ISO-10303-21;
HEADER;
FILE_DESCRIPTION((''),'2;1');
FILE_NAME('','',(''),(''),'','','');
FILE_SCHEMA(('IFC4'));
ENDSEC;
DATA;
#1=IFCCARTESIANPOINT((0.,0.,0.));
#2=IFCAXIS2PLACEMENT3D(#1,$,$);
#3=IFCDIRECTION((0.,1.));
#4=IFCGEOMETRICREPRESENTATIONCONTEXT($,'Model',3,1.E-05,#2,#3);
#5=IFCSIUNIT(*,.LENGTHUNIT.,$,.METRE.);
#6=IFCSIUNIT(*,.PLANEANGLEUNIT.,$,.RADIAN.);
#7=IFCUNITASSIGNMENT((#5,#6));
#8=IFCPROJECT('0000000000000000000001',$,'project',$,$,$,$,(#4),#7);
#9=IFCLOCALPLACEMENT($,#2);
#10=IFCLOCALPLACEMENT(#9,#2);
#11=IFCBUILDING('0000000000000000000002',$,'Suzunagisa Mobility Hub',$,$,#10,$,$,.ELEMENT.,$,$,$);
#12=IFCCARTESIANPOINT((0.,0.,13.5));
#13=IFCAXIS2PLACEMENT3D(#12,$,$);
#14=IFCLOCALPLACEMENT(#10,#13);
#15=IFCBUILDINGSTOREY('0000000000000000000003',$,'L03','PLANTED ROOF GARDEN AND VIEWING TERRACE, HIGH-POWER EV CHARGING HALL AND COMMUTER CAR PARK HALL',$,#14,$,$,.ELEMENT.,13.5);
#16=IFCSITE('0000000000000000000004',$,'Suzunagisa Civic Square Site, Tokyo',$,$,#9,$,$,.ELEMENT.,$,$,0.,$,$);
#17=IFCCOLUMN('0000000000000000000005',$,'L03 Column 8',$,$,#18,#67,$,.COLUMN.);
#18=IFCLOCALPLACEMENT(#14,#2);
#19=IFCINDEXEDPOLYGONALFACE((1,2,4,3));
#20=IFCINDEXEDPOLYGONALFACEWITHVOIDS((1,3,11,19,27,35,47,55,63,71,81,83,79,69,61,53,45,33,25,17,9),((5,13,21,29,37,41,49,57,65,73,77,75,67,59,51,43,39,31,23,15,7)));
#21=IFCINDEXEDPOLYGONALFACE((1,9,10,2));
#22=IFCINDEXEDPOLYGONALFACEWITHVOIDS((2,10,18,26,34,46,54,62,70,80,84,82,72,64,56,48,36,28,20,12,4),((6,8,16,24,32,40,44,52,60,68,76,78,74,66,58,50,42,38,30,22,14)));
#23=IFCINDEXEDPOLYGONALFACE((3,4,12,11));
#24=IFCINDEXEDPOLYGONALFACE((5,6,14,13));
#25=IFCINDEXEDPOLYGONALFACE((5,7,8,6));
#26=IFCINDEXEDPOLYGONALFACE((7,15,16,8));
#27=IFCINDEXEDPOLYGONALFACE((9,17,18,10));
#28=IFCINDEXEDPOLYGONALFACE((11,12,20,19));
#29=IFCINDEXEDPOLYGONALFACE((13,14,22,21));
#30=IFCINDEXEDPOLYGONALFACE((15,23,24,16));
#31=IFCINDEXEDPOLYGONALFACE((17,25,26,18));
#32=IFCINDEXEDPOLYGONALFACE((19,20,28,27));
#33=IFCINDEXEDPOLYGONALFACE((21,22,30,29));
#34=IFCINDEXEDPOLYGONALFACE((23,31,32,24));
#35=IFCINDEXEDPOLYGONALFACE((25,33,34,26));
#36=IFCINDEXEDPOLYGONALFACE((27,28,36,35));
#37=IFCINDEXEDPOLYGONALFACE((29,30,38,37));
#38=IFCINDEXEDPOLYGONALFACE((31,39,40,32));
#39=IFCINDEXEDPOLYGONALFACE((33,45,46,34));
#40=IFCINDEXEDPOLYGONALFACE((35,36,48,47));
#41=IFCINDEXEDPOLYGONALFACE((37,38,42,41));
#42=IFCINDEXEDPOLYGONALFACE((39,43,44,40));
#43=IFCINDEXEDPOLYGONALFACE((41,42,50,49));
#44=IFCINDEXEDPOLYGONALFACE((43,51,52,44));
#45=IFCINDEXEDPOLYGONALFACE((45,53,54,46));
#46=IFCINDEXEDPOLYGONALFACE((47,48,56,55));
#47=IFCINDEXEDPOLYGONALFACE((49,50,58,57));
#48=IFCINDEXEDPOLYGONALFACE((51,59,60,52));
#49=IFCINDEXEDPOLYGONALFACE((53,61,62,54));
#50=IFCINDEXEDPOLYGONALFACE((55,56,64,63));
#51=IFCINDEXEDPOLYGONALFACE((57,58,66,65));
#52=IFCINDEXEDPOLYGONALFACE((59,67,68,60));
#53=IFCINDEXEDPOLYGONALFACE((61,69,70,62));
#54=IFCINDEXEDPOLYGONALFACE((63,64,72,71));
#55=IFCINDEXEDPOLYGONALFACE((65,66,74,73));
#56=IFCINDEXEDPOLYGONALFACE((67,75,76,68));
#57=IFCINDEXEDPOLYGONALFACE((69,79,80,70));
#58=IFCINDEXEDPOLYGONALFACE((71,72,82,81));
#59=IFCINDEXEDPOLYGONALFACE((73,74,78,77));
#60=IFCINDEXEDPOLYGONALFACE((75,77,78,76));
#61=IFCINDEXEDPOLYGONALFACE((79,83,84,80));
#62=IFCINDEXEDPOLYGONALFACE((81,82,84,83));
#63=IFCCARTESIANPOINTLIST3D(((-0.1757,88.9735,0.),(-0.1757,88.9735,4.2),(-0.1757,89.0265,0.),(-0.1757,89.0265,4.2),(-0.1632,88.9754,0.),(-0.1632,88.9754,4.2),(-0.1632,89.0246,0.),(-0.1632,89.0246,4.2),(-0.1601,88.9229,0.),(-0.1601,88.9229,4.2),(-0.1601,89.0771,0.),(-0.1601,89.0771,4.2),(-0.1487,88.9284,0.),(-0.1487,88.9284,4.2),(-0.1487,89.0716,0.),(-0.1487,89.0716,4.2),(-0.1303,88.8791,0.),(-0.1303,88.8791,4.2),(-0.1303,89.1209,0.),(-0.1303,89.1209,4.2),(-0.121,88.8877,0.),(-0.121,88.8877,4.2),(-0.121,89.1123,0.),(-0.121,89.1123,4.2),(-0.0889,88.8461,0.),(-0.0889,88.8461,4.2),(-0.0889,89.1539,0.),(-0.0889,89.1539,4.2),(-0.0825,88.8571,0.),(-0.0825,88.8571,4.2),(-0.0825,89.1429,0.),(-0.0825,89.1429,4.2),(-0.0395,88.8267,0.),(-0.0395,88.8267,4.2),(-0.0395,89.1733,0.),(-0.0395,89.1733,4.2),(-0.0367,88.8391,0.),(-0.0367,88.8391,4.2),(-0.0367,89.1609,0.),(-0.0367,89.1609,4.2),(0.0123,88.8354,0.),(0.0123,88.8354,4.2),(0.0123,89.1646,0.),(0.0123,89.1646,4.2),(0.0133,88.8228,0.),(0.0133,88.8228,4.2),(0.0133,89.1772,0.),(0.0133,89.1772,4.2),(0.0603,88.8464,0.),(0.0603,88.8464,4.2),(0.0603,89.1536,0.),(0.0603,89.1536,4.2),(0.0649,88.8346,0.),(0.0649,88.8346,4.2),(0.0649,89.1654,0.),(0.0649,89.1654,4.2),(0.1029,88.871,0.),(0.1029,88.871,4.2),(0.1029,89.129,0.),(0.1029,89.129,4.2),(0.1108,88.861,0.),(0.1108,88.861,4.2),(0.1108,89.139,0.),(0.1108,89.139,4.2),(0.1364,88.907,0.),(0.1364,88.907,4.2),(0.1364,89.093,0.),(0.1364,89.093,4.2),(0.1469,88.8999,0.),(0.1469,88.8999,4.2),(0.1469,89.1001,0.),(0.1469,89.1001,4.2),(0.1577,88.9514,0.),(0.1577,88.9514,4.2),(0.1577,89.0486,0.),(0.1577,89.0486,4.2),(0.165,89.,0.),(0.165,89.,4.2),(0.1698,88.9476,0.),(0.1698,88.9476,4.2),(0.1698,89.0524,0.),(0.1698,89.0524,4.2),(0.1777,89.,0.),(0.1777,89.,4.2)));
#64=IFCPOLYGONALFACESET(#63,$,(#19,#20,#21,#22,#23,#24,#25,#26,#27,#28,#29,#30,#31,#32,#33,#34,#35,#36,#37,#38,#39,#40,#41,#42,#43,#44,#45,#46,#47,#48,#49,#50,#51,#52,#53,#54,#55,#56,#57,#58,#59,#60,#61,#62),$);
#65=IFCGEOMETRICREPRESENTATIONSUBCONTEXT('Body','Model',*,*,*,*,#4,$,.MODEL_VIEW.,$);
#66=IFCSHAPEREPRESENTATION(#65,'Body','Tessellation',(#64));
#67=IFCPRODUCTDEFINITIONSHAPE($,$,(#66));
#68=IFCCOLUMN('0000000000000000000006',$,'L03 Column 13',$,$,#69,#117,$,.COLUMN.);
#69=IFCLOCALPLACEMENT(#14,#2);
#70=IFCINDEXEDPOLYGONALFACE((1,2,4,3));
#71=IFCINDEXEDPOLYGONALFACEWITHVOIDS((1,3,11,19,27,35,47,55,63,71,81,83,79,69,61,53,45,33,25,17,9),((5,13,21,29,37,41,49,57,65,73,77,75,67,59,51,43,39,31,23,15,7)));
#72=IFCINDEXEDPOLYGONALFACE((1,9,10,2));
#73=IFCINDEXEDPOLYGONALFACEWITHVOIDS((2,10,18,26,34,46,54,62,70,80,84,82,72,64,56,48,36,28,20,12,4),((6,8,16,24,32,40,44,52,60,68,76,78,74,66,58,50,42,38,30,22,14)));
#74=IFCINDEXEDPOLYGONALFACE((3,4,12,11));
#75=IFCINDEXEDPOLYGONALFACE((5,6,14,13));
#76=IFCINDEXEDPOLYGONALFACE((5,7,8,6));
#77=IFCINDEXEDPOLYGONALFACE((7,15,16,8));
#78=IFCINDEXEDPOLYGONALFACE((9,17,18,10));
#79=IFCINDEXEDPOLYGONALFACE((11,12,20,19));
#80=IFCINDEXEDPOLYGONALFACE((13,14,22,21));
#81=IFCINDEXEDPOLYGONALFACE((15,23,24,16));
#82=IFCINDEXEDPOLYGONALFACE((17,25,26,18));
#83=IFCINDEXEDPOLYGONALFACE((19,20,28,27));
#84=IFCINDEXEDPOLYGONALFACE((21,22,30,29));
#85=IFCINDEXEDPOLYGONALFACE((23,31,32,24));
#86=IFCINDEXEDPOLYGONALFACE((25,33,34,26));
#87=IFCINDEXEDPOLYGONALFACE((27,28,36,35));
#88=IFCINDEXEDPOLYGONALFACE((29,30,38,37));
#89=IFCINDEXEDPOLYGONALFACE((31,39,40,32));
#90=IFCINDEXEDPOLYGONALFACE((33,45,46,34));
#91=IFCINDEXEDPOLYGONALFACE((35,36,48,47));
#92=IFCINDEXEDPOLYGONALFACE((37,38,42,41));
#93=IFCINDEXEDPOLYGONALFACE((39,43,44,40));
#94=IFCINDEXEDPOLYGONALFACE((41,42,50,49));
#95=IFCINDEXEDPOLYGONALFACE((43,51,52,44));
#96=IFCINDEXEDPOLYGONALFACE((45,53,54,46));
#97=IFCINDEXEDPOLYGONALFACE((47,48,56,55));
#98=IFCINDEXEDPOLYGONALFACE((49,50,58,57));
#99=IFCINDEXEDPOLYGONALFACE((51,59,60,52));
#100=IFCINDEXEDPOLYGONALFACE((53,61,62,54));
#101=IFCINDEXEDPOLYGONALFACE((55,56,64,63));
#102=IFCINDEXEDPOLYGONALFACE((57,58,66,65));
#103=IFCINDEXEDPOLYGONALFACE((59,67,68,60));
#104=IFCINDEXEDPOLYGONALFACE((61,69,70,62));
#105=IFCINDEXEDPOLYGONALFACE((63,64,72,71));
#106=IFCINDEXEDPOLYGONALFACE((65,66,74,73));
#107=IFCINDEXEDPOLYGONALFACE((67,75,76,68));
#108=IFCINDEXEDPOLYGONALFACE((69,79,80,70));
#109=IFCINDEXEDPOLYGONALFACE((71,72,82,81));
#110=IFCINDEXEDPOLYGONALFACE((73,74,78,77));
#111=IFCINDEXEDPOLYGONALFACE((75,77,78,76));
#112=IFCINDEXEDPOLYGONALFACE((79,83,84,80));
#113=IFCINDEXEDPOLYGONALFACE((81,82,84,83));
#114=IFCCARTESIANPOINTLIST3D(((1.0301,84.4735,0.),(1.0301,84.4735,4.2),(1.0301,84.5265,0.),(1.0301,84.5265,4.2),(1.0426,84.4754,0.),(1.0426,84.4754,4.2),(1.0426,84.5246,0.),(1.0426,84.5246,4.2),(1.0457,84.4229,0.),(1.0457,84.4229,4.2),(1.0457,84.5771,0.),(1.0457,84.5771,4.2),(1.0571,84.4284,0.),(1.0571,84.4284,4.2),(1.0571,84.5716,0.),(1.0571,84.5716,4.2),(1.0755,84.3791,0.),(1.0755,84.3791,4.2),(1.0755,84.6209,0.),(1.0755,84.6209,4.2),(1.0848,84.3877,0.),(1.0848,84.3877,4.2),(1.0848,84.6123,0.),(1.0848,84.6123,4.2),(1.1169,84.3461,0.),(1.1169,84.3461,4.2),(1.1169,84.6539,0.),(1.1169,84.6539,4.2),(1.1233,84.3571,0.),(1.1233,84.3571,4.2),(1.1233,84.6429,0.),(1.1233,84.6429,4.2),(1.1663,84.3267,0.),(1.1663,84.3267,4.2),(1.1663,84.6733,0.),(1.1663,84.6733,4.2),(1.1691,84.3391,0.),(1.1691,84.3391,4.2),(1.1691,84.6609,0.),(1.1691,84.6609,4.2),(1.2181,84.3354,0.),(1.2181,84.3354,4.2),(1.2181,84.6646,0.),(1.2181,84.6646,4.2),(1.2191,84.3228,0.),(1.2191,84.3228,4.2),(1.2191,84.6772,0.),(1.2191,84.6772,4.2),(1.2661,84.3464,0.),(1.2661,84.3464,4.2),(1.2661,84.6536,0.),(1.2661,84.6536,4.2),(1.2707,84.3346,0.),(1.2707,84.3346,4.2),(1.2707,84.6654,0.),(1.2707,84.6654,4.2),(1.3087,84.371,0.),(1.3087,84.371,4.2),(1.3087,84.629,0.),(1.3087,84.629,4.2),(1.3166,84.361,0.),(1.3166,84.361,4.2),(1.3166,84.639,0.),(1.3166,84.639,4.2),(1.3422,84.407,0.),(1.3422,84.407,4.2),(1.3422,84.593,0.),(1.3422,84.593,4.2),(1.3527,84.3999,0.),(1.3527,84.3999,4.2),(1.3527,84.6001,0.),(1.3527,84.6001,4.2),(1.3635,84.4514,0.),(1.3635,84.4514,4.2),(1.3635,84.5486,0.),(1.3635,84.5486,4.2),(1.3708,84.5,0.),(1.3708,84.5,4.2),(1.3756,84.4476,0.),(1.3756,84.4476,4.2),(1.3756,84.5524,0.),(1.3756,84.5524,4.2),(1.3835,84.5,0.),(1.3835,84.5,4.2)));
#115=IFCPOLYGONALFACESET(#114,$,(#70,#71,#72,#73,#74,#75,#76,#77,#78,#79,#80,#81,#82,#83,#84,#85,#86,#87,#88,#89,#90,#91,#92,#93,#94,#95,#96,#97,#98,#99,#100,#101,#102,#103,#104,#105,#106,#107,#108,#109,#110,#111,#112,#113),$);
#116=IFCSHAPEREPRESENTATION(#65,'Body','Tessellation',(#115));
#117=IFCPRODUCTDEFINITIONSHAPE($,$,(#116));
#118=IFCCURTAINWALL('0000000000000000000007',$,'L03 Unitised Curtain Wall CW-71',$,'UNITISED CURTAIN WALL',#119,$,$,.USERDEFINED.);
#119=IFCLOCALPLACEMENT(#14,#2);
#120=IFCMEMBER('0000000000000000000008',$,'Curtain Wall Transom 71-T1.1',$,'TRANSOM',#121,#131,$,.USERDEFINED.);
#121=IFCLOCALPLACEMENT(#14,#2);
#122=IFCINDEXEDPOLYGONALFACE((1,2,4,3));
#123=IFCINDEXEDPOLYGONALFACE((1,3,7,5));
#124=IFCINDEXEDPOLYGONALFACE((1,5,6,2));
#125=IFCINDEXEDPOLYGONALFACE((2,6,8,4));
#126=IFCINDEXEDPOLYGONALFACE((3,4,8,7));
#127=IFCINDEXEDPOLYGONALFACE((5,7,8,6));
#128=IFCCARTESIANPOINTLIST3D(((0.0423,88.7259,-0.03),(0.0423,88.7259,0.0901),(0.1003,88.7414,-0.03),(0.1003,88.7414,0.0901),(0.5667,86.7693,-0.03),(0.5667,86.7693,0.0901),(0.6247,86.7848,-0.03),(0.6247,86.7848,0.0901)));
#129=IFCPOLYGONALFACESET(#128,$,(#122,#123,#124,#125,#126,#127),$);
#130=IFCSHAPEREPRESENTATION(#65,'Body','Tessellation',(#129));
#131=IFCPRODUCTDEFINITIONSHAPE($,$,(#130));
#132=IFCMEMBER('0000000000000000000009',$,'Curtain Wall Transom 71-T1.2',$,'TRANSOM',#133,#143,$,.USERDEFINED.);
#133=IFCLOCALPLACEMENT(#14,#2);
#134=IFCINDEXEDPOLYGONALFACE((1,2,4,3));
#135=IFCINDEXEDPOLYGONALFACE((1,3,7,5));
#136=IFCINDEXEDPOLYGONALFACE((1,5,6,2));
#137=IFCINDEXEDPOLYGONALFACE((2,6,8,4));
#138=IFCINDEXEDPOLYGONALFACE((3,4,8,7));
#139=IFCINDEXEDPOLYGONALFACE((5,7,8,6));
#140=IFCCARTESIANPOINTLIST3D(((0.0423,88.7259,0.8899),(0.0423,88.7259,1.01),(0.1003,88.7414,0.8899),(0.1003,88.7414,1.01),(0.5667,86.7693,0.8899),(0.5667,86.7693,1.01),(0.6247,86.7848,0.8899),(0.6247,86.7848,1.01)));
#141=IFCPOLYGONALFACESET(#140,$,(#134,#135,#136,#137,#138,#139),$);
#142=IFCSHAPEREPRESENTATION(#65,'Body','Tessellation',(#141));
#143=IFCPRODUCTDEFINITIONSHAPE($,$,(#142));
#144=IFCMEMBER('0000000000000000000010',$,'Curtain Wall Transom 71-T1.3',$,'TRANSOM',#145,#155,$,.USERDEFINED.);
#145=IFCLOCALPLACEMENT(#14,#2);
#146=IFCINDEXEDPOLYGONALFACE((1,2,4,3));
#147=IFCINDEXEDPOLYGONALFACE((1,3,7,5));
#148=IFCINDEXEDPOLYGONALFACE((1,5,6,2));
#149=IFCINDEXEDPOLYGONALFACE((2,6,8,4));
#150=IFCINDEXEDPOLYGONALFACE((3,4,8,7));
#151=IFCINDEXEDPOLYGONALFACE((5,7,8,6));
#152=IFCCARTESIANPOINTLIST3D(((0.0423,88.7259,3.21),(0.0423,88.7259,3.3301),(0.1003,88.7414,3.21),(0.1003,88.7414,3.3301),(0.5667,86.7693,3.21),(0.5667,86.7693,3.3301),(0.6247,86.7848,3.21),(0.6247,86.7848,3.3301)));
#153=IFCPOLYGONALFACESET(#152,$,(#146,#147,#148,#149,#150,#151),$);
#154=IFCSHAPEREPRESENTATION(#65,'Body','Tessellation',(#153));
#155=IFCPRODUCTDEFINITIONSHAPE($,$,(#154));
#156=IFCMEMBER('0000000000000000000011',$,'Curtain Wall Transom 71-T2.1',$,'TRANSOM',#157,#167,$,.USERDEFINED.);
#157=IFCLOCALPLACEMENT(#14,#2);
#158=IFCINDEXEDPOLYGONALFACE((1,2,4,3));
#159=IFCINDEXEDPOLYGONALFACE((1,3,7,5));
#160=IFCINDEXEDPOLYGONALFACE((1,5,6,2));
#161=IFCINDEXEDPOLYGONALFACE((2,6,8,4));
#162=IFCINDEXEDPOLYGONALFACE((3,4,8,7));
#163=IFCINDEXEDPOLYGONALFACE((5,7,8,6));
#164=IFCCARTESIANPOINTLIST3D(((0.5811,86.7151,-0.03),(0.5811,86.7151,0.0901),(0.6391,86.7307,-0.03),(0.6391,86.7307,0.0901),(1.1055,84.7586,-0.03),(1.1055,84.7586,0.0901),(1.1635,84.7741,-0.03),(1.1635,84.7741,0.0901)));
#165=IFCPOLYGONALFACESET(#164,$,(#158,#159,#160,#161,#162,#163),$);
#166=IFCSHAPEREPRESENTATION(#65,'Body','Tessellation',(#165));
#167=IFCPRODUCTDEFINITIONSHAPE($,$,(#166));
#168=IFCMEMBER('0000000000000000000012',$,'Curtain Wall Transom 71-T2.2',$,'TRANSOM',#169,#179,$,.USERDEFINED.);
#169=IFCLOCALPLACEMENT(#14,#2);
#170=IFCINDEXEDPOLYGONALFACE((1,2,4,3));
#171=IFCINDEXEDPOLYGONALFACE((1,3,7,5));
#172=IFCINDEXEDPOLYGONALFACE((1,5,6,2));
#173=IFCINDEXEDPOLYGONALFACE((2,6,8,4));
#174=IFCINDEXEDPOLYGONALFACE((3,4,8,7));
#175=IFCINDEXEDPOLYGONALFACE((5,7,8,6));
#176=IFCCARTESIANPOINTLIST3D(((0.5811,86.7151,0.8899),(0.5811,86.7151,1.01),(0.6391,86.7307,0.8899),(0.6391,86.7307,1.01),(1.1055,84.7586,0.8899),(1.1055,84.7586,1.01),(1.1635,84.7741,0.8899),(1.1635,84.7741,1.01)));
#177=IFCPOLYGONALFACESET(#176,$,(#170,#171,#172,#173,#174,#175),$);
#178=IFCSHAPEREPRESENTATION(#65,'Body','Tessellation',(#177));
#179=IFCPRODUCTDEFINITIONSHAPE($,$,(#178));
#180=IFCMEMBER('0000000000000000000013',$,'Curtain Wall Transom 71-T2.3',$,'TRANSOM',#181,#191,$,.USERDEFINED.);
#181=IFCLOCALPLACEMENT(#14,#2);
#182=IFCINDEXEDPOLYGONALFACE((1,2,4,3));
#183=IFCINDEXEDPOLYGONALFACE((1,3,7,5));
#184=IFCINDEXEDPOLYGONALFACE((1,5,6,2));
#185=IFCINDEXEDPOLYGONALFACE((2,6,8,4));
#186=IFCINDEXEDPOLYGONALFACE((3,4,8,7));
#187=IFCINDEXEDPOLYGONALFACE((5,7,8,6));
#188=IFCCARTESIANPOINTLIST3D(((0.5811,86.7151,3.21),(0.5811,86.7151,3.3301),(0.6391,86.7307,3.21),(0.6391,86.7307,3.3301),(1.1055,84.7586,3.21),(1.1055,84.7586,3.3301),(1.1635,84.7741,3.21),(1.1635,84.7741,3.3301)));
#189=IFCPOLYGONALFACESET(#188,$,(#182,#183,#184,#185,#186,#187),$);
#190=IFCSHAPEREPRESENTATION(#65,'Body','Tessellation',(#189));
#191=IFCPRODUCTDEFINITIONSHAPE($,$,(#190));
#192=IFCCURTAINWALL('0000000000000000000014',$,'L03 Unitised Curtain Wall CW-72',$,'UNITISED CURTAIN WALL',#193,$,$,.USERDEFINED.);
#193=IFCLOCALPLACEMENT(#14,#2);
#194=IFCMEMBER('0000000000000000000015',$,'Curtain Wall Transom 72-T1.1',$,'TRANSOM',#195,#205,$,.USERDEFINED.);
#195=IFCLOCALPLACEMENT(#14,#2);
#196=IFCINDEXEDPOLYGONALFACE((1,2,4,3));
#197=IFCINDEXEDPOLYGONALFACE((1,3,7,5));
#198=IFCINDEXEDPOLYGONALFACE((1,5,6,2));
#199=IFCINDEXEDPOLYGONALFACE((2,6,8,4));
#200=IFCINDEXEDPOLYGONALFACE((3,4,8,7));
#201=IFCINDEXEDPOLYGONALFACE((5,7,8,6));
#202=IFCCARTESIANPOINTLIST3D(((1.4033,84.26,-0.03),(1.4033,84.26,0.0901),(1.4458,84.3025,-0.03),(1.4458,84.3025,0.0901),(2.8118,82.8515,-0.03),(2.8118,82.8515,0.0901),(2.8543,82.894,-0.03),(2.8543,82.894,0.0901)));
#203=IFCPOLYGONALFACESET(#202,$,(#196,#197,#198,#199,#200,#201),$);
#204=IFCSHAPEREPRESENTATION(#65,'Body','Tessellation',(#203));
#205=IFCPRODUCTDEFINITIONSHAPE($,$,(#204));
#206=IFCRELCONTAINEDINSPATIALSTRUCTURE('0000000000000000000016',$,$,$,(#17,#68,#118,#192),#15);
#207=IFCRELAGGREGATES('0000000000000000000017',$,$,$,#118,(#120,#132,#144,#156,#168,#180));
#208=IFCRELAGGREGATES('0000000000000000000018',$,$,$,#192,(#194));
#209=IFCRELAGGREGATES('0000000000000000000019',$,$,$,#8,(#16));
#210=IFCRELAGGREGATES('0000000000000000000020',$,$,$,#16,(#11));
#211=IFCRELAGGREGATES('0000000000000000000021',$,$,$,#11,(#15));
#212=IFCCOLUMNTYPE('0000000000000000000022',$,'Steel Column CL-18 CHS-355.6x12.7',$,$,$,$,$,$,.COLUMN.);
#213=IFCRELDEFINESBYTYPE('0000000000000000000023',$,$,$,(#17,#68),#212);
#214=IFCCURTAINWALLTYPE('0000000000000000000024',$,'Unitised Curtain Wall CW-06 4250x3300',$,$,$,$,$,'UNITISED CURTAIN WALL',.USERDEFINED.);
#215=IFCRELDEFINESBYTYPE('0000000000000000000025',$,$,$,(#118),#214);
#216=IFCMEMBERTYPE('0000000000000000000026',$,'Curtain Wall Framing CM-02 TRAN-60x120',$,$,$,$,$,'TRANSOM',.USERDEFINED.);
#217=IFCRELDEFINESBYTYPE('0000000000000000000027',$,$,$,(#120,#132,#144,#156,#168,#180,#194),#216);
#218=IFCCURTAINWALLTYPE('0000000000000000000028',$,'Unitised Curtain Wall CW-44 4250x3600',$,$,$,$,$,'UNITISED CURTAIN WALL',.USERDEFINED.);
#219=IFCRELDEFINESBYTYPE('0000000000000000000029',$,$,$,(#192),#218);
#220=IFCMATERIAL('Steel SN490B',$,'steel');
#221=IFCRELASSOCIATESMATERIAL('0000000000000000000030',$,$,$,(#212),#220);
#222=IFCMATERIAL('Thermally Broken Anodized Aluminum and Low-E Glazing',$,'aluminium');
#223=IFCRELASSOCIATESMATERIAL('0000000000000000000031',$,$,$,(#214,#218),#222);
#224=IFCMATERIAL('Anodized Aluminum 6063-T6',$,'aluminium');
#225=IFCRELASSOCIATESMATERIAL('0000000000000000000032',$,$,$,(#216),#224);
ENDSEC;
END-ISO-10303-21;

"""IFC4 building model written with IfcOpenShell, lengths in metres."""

from ifc_helpers import new_model, si_unit, direction, frame, origin, origin_2d, place, context, subcontext, project, spatial, rectangle, hollow_circle, extrude, material, material_profile, profile_set, type_object, element, aggregate, save


model = new_model("IFC4")

# Units and contexts
model_context = context("Model", 3, precision=1e-05, world=origin(), true_north=direction((0.0, 1.0)))
body_context = subcontext(model_context, "Body", "Model", "MODEL_VIEW")
ifc_project = project(units=[si_unit("LENGTHUNIT", "METRE"), si_unit("PLANEANGLEUNIT", "RADIAN")], contexts=[model_context])

# Site, building, storey
site_placement = place(None, origin())
site = spatial("IfcSite", under=ifc_project, at=site_placement, Name="Suzunagisa Civic Square Site, Tokyo", CompositionType="ELEMENT", RefElevation=0.0)
building_placement = place(site_placement, origin())
building = spatial("IfcBuilding", under=site, at=building_placement, Name="Suzunagisa Mobility Hub", CompositionType="ELEMENT")
storey_placement = place(building_placement, frame((0.0, 0.0, 13.5)))
storey = spatial("IfcBuildingStorey", under=building, at=storey_placement, Name="L03", Description="PLANTED ROOF GARDEN AND VIEWING TERRACE, HIGH-POWER EV CHARGING HALL AND COMMUTER CAR PARK HALL", CompositionType="ELEMENT", Elevation=13.5)

# Columns
ifc_material_1 = material(Name="Steel SN490B", Category="steel")
ifc_material_profile_1 = material_profile(ifc_material_1, hollow_circle(Radius=0.1777, WallThickness=0.0127, at=origin_2d()), Name="CHS-355.6x12.7")
ifc_profile_set_1 = profile_set([ifc_material_profile_1], Name="Steel SN490B")
column_type = type_object("IfcColumnType", Name="Steel Column CL-18 CHS-355.6x12.7", PredefinedType="COLUMN", material=ifc_profile_set_1)
for number, where, z_axis, x_axis, name in (
    (1, (0.0, 89.0, 0.0), (0.0, 0.0, 1.0), (1.0, 0.0, 0.0), "L03 Column 8"),
    (2, (1.2058, 84.5, 0.0), (0.0, 0.0, 1.0), (1.0, 0.0, 0.0), "L03 Column 13"),
):
    element("IfcColumn", number, at=place(storey_placement, frame(where, z_axis=z_axis, x_axis=x_axis)), inside=storey, type_object=column_type, Name=name, PredefinedType="COLUMN", context=body_context, shape_type="SweptSolid", body=[
        extrude(hollow_circle(Radius=0.1777, WallThickness=0.0127, at=origin_2d()), origin(), (0.0, 0.0, 1.0), 4.2),
    ])

# Curtain walls, members
ifc_material_2 = material(Name="Thermally Broken Anodized Aluminum and Low-E Glazing", Category="aluminium")
curtain_wall_type_1 = type_object("IfcCurtainWallType", Name="Unitised Curtain Wall CW-06 4250x3300", ElementType="UNITISED CURTAIN WALL", PredefinedType="USERDEFINED", material=ifc_material_2)
curtain_wall_1_placement = place(storey_placement, origin())
curtain_wall_1 = element("IfcCurtainWall", 3, at=curtain_wall_1_placement, inside=storey, type_object=curtain_wall_type_1, Name="L03 Unitised Curtain Wall CW-71", ObjectType="UNITISED CURTAIN WALL", PredefinedType="USERDEFINED")
ifc_material_3 = material(Name="Anodized Aluminum 6063-T6", Category="aluminium")
ifc_material_profile_2 = material_profile(ifc_material_3, rectangle(XDim=0.0601, YDim=0.1201, at=origin_2d()), Name="TRAN-60x120")
ifc_profile_set_2 = profile_set([ifc_material_profile_2], Name="Anodized Aluminum 6063-T6")
member_type_1 = type_object("IfcMemberType", Name="Curtain Wall Framing CM-02 TRAN-60x120", ElementType="TRANSOM", PredefinedType="USERDEFINED", material=ifc_profile_set_2)
member_1_placement = place(storey_placement, frame((0.0713, 88.7336, 0.03), z_axis=(0.258893, -0.965906, 0.0), x_axis=(0.965906, 0.258893, 0.0)))
member_1 = element("IfcMember", 4, at=member_1_placement, type_object=member_type_1, Name="Curtain Wall Transom 71-T1.1", ObjectType="TRANSOM", PredefinedType="USERDEFINED", context=body_context, shape_type="SweptSolid", body=[
    extrude(rectangle(XDim=0.0601, YDim=0.1201, at=origin_2d()), origin(), (0.0, 0.0, 1.0), 2.0256),
])
member_2_placement = place(storey_placement, frame((0.0713, 88.7336, 0.95), z_axis=(0.258893, -0.965906, 0.0), x_axis=(0.965906, 0.258893, 0.0)))
member_2 = element("IfcMember", 5, at=member_2_placement, type_object=member_type_1, Name="Curtain Wall Transom 71-T1.2", ObjectType="TRANSOM", PredefinedType="USERDEFINED", context=body_context, shape_type="SweptSolid", body=[
    extrude(rectangle(XDim=0.0601, YDim=0.1201, at=origin_2d()), origin(), (0.0, 0.0, 1.0), 2.0256),
])
member_3_placement = place(storey_placement, frame((0.0713, 88.7336, 3.27), z_axis=(0.258893, -0.965906, 0.0), x_axis=(0.965906, 0.258893, 0.0)))
member_3 = element("IfcMember", 6, at=member_3_placement, type_object=member_type_1, Name="Curtain Wall Transom 71-T1.3", ObjectType="TRANSOM", PredefinedType="USERDEFINED", context=body_context, shape_type="SweptSolid", body=[
    extrude(rectangle(XDim=0.0601, YDim=0.1201, at=origin_2d()), origin(), (0.0, 0.0, 1.0), 2.0256),
])
member_4_placement = place(storey_placement, frame((0.6101, 86.7229, 0.03), z_axis=(0.258893, -0.965906, 0.0), x_axis=(0.965906, 0.258893, 0.0)))
member_4 = element("IfcMember", 7, at=member_4_placement, type_object=member_type_1, Name="Curtain Wall Transom 71-T2.1", ObjectType="TRANSOM", PredefinedType="USERDEFINED", context=body_context, shape_type="SweptSolid", body=[
    extrude(rectangle(XDim=0.0601, YDim=0.1201, at=origin_2d()), origin(), (0.0, 0.0, 1.0), 2.0256),
])
member_5_placement = place(storey_placement, frame((0.6101, 86.7229, 0.95), z_axis=(0.258893, -0.965906, 0.0), x_axis=(0.965906, 0.258893, 0.0)))
member_5 = element("IfcMember", 8, at=member_5_placement, type_object=member_type_1, Name="Curtain Wall Transom 71-T2.2", ObjectType="TRANSOM", PredefinedType="USERDEFINED", context=body_context, shape_type="SweptSolid", body=[
    extrude(rectangle(XDim=0.0601, YDim=0.1201, at=origin_2d()), origin(), (0.0, 0.0, 1.0), 2.0256),
])
member_6_placement = place(storey_placement, frame((0.6101, 86.7229, 3.27), z_axis=(0.258893, -0.965906, 0.0), x_axis=(0.965906, 0.258893, 0.0)))
member_6 = element("IfcMember", 9, at=member_6_placement, type_object=member_type_1, Name="Curtain Wall Transom 71-T2.3", ObjectType="TRANSOM", PredefinedType="USERDEFINED", context=body_context, shape_type="SweptSolid", body=[
    extrude(rectangle(XDim=0.0601, YDim=0.1201, at=origin_2d()), origin(), (0.0, 0.0, 1.0), 2.0256),
])
curtain_wall_type_2 = type_object("IfcCurtainWallType", Name="Unitised Curtain Wall CW-44 4250x3600", ElementType="UNITISED CURTAIN WALL", PredefinedType="USERDEFINED", material=ifc_material_2)
curtain_wall_2_placement = place(storey_placement, origin())
curtain_wall_2 = element("IfcCurtainWall", 10, at=curtain_wall_2_placement, inside=storey, type_object=curtain_wall_type_2, Name="L03 Unitised Curtain Wall CW-72", ObjectType="UNITISED CURTAIN WALL", PredefinedType="USERDEFINED")
member_7_placement = place(storey_placement, frame((1.4246, 84.2812, 0.03), z_axis=(0.707107, -0.707107, 0.0), x_axis=(0.707107, 0.707107, 0.0)))
member_7 = element("IfcMember", 11, at=member_7_placement, type_object=member_type_1, Name="Curtain Wall Transom 72-T1.1", ObjectType="TRANSOM", PredefinedType="USERDEFINED", context=body_context, shape_type="SweptSolid", body=[
    extrude(rectangle(XDim=0.0601, YDim=0.1201, at=origin_2d()), origin(), (0.0, 0.0, 1.0), 1.9919),
])

aggregate(curtain_wall_1, [member_1, member_2, member_3, member_4, member_5, member_6])
aggregate(curtain_wall_2, [member_7])

save(model, "model.ifc")
